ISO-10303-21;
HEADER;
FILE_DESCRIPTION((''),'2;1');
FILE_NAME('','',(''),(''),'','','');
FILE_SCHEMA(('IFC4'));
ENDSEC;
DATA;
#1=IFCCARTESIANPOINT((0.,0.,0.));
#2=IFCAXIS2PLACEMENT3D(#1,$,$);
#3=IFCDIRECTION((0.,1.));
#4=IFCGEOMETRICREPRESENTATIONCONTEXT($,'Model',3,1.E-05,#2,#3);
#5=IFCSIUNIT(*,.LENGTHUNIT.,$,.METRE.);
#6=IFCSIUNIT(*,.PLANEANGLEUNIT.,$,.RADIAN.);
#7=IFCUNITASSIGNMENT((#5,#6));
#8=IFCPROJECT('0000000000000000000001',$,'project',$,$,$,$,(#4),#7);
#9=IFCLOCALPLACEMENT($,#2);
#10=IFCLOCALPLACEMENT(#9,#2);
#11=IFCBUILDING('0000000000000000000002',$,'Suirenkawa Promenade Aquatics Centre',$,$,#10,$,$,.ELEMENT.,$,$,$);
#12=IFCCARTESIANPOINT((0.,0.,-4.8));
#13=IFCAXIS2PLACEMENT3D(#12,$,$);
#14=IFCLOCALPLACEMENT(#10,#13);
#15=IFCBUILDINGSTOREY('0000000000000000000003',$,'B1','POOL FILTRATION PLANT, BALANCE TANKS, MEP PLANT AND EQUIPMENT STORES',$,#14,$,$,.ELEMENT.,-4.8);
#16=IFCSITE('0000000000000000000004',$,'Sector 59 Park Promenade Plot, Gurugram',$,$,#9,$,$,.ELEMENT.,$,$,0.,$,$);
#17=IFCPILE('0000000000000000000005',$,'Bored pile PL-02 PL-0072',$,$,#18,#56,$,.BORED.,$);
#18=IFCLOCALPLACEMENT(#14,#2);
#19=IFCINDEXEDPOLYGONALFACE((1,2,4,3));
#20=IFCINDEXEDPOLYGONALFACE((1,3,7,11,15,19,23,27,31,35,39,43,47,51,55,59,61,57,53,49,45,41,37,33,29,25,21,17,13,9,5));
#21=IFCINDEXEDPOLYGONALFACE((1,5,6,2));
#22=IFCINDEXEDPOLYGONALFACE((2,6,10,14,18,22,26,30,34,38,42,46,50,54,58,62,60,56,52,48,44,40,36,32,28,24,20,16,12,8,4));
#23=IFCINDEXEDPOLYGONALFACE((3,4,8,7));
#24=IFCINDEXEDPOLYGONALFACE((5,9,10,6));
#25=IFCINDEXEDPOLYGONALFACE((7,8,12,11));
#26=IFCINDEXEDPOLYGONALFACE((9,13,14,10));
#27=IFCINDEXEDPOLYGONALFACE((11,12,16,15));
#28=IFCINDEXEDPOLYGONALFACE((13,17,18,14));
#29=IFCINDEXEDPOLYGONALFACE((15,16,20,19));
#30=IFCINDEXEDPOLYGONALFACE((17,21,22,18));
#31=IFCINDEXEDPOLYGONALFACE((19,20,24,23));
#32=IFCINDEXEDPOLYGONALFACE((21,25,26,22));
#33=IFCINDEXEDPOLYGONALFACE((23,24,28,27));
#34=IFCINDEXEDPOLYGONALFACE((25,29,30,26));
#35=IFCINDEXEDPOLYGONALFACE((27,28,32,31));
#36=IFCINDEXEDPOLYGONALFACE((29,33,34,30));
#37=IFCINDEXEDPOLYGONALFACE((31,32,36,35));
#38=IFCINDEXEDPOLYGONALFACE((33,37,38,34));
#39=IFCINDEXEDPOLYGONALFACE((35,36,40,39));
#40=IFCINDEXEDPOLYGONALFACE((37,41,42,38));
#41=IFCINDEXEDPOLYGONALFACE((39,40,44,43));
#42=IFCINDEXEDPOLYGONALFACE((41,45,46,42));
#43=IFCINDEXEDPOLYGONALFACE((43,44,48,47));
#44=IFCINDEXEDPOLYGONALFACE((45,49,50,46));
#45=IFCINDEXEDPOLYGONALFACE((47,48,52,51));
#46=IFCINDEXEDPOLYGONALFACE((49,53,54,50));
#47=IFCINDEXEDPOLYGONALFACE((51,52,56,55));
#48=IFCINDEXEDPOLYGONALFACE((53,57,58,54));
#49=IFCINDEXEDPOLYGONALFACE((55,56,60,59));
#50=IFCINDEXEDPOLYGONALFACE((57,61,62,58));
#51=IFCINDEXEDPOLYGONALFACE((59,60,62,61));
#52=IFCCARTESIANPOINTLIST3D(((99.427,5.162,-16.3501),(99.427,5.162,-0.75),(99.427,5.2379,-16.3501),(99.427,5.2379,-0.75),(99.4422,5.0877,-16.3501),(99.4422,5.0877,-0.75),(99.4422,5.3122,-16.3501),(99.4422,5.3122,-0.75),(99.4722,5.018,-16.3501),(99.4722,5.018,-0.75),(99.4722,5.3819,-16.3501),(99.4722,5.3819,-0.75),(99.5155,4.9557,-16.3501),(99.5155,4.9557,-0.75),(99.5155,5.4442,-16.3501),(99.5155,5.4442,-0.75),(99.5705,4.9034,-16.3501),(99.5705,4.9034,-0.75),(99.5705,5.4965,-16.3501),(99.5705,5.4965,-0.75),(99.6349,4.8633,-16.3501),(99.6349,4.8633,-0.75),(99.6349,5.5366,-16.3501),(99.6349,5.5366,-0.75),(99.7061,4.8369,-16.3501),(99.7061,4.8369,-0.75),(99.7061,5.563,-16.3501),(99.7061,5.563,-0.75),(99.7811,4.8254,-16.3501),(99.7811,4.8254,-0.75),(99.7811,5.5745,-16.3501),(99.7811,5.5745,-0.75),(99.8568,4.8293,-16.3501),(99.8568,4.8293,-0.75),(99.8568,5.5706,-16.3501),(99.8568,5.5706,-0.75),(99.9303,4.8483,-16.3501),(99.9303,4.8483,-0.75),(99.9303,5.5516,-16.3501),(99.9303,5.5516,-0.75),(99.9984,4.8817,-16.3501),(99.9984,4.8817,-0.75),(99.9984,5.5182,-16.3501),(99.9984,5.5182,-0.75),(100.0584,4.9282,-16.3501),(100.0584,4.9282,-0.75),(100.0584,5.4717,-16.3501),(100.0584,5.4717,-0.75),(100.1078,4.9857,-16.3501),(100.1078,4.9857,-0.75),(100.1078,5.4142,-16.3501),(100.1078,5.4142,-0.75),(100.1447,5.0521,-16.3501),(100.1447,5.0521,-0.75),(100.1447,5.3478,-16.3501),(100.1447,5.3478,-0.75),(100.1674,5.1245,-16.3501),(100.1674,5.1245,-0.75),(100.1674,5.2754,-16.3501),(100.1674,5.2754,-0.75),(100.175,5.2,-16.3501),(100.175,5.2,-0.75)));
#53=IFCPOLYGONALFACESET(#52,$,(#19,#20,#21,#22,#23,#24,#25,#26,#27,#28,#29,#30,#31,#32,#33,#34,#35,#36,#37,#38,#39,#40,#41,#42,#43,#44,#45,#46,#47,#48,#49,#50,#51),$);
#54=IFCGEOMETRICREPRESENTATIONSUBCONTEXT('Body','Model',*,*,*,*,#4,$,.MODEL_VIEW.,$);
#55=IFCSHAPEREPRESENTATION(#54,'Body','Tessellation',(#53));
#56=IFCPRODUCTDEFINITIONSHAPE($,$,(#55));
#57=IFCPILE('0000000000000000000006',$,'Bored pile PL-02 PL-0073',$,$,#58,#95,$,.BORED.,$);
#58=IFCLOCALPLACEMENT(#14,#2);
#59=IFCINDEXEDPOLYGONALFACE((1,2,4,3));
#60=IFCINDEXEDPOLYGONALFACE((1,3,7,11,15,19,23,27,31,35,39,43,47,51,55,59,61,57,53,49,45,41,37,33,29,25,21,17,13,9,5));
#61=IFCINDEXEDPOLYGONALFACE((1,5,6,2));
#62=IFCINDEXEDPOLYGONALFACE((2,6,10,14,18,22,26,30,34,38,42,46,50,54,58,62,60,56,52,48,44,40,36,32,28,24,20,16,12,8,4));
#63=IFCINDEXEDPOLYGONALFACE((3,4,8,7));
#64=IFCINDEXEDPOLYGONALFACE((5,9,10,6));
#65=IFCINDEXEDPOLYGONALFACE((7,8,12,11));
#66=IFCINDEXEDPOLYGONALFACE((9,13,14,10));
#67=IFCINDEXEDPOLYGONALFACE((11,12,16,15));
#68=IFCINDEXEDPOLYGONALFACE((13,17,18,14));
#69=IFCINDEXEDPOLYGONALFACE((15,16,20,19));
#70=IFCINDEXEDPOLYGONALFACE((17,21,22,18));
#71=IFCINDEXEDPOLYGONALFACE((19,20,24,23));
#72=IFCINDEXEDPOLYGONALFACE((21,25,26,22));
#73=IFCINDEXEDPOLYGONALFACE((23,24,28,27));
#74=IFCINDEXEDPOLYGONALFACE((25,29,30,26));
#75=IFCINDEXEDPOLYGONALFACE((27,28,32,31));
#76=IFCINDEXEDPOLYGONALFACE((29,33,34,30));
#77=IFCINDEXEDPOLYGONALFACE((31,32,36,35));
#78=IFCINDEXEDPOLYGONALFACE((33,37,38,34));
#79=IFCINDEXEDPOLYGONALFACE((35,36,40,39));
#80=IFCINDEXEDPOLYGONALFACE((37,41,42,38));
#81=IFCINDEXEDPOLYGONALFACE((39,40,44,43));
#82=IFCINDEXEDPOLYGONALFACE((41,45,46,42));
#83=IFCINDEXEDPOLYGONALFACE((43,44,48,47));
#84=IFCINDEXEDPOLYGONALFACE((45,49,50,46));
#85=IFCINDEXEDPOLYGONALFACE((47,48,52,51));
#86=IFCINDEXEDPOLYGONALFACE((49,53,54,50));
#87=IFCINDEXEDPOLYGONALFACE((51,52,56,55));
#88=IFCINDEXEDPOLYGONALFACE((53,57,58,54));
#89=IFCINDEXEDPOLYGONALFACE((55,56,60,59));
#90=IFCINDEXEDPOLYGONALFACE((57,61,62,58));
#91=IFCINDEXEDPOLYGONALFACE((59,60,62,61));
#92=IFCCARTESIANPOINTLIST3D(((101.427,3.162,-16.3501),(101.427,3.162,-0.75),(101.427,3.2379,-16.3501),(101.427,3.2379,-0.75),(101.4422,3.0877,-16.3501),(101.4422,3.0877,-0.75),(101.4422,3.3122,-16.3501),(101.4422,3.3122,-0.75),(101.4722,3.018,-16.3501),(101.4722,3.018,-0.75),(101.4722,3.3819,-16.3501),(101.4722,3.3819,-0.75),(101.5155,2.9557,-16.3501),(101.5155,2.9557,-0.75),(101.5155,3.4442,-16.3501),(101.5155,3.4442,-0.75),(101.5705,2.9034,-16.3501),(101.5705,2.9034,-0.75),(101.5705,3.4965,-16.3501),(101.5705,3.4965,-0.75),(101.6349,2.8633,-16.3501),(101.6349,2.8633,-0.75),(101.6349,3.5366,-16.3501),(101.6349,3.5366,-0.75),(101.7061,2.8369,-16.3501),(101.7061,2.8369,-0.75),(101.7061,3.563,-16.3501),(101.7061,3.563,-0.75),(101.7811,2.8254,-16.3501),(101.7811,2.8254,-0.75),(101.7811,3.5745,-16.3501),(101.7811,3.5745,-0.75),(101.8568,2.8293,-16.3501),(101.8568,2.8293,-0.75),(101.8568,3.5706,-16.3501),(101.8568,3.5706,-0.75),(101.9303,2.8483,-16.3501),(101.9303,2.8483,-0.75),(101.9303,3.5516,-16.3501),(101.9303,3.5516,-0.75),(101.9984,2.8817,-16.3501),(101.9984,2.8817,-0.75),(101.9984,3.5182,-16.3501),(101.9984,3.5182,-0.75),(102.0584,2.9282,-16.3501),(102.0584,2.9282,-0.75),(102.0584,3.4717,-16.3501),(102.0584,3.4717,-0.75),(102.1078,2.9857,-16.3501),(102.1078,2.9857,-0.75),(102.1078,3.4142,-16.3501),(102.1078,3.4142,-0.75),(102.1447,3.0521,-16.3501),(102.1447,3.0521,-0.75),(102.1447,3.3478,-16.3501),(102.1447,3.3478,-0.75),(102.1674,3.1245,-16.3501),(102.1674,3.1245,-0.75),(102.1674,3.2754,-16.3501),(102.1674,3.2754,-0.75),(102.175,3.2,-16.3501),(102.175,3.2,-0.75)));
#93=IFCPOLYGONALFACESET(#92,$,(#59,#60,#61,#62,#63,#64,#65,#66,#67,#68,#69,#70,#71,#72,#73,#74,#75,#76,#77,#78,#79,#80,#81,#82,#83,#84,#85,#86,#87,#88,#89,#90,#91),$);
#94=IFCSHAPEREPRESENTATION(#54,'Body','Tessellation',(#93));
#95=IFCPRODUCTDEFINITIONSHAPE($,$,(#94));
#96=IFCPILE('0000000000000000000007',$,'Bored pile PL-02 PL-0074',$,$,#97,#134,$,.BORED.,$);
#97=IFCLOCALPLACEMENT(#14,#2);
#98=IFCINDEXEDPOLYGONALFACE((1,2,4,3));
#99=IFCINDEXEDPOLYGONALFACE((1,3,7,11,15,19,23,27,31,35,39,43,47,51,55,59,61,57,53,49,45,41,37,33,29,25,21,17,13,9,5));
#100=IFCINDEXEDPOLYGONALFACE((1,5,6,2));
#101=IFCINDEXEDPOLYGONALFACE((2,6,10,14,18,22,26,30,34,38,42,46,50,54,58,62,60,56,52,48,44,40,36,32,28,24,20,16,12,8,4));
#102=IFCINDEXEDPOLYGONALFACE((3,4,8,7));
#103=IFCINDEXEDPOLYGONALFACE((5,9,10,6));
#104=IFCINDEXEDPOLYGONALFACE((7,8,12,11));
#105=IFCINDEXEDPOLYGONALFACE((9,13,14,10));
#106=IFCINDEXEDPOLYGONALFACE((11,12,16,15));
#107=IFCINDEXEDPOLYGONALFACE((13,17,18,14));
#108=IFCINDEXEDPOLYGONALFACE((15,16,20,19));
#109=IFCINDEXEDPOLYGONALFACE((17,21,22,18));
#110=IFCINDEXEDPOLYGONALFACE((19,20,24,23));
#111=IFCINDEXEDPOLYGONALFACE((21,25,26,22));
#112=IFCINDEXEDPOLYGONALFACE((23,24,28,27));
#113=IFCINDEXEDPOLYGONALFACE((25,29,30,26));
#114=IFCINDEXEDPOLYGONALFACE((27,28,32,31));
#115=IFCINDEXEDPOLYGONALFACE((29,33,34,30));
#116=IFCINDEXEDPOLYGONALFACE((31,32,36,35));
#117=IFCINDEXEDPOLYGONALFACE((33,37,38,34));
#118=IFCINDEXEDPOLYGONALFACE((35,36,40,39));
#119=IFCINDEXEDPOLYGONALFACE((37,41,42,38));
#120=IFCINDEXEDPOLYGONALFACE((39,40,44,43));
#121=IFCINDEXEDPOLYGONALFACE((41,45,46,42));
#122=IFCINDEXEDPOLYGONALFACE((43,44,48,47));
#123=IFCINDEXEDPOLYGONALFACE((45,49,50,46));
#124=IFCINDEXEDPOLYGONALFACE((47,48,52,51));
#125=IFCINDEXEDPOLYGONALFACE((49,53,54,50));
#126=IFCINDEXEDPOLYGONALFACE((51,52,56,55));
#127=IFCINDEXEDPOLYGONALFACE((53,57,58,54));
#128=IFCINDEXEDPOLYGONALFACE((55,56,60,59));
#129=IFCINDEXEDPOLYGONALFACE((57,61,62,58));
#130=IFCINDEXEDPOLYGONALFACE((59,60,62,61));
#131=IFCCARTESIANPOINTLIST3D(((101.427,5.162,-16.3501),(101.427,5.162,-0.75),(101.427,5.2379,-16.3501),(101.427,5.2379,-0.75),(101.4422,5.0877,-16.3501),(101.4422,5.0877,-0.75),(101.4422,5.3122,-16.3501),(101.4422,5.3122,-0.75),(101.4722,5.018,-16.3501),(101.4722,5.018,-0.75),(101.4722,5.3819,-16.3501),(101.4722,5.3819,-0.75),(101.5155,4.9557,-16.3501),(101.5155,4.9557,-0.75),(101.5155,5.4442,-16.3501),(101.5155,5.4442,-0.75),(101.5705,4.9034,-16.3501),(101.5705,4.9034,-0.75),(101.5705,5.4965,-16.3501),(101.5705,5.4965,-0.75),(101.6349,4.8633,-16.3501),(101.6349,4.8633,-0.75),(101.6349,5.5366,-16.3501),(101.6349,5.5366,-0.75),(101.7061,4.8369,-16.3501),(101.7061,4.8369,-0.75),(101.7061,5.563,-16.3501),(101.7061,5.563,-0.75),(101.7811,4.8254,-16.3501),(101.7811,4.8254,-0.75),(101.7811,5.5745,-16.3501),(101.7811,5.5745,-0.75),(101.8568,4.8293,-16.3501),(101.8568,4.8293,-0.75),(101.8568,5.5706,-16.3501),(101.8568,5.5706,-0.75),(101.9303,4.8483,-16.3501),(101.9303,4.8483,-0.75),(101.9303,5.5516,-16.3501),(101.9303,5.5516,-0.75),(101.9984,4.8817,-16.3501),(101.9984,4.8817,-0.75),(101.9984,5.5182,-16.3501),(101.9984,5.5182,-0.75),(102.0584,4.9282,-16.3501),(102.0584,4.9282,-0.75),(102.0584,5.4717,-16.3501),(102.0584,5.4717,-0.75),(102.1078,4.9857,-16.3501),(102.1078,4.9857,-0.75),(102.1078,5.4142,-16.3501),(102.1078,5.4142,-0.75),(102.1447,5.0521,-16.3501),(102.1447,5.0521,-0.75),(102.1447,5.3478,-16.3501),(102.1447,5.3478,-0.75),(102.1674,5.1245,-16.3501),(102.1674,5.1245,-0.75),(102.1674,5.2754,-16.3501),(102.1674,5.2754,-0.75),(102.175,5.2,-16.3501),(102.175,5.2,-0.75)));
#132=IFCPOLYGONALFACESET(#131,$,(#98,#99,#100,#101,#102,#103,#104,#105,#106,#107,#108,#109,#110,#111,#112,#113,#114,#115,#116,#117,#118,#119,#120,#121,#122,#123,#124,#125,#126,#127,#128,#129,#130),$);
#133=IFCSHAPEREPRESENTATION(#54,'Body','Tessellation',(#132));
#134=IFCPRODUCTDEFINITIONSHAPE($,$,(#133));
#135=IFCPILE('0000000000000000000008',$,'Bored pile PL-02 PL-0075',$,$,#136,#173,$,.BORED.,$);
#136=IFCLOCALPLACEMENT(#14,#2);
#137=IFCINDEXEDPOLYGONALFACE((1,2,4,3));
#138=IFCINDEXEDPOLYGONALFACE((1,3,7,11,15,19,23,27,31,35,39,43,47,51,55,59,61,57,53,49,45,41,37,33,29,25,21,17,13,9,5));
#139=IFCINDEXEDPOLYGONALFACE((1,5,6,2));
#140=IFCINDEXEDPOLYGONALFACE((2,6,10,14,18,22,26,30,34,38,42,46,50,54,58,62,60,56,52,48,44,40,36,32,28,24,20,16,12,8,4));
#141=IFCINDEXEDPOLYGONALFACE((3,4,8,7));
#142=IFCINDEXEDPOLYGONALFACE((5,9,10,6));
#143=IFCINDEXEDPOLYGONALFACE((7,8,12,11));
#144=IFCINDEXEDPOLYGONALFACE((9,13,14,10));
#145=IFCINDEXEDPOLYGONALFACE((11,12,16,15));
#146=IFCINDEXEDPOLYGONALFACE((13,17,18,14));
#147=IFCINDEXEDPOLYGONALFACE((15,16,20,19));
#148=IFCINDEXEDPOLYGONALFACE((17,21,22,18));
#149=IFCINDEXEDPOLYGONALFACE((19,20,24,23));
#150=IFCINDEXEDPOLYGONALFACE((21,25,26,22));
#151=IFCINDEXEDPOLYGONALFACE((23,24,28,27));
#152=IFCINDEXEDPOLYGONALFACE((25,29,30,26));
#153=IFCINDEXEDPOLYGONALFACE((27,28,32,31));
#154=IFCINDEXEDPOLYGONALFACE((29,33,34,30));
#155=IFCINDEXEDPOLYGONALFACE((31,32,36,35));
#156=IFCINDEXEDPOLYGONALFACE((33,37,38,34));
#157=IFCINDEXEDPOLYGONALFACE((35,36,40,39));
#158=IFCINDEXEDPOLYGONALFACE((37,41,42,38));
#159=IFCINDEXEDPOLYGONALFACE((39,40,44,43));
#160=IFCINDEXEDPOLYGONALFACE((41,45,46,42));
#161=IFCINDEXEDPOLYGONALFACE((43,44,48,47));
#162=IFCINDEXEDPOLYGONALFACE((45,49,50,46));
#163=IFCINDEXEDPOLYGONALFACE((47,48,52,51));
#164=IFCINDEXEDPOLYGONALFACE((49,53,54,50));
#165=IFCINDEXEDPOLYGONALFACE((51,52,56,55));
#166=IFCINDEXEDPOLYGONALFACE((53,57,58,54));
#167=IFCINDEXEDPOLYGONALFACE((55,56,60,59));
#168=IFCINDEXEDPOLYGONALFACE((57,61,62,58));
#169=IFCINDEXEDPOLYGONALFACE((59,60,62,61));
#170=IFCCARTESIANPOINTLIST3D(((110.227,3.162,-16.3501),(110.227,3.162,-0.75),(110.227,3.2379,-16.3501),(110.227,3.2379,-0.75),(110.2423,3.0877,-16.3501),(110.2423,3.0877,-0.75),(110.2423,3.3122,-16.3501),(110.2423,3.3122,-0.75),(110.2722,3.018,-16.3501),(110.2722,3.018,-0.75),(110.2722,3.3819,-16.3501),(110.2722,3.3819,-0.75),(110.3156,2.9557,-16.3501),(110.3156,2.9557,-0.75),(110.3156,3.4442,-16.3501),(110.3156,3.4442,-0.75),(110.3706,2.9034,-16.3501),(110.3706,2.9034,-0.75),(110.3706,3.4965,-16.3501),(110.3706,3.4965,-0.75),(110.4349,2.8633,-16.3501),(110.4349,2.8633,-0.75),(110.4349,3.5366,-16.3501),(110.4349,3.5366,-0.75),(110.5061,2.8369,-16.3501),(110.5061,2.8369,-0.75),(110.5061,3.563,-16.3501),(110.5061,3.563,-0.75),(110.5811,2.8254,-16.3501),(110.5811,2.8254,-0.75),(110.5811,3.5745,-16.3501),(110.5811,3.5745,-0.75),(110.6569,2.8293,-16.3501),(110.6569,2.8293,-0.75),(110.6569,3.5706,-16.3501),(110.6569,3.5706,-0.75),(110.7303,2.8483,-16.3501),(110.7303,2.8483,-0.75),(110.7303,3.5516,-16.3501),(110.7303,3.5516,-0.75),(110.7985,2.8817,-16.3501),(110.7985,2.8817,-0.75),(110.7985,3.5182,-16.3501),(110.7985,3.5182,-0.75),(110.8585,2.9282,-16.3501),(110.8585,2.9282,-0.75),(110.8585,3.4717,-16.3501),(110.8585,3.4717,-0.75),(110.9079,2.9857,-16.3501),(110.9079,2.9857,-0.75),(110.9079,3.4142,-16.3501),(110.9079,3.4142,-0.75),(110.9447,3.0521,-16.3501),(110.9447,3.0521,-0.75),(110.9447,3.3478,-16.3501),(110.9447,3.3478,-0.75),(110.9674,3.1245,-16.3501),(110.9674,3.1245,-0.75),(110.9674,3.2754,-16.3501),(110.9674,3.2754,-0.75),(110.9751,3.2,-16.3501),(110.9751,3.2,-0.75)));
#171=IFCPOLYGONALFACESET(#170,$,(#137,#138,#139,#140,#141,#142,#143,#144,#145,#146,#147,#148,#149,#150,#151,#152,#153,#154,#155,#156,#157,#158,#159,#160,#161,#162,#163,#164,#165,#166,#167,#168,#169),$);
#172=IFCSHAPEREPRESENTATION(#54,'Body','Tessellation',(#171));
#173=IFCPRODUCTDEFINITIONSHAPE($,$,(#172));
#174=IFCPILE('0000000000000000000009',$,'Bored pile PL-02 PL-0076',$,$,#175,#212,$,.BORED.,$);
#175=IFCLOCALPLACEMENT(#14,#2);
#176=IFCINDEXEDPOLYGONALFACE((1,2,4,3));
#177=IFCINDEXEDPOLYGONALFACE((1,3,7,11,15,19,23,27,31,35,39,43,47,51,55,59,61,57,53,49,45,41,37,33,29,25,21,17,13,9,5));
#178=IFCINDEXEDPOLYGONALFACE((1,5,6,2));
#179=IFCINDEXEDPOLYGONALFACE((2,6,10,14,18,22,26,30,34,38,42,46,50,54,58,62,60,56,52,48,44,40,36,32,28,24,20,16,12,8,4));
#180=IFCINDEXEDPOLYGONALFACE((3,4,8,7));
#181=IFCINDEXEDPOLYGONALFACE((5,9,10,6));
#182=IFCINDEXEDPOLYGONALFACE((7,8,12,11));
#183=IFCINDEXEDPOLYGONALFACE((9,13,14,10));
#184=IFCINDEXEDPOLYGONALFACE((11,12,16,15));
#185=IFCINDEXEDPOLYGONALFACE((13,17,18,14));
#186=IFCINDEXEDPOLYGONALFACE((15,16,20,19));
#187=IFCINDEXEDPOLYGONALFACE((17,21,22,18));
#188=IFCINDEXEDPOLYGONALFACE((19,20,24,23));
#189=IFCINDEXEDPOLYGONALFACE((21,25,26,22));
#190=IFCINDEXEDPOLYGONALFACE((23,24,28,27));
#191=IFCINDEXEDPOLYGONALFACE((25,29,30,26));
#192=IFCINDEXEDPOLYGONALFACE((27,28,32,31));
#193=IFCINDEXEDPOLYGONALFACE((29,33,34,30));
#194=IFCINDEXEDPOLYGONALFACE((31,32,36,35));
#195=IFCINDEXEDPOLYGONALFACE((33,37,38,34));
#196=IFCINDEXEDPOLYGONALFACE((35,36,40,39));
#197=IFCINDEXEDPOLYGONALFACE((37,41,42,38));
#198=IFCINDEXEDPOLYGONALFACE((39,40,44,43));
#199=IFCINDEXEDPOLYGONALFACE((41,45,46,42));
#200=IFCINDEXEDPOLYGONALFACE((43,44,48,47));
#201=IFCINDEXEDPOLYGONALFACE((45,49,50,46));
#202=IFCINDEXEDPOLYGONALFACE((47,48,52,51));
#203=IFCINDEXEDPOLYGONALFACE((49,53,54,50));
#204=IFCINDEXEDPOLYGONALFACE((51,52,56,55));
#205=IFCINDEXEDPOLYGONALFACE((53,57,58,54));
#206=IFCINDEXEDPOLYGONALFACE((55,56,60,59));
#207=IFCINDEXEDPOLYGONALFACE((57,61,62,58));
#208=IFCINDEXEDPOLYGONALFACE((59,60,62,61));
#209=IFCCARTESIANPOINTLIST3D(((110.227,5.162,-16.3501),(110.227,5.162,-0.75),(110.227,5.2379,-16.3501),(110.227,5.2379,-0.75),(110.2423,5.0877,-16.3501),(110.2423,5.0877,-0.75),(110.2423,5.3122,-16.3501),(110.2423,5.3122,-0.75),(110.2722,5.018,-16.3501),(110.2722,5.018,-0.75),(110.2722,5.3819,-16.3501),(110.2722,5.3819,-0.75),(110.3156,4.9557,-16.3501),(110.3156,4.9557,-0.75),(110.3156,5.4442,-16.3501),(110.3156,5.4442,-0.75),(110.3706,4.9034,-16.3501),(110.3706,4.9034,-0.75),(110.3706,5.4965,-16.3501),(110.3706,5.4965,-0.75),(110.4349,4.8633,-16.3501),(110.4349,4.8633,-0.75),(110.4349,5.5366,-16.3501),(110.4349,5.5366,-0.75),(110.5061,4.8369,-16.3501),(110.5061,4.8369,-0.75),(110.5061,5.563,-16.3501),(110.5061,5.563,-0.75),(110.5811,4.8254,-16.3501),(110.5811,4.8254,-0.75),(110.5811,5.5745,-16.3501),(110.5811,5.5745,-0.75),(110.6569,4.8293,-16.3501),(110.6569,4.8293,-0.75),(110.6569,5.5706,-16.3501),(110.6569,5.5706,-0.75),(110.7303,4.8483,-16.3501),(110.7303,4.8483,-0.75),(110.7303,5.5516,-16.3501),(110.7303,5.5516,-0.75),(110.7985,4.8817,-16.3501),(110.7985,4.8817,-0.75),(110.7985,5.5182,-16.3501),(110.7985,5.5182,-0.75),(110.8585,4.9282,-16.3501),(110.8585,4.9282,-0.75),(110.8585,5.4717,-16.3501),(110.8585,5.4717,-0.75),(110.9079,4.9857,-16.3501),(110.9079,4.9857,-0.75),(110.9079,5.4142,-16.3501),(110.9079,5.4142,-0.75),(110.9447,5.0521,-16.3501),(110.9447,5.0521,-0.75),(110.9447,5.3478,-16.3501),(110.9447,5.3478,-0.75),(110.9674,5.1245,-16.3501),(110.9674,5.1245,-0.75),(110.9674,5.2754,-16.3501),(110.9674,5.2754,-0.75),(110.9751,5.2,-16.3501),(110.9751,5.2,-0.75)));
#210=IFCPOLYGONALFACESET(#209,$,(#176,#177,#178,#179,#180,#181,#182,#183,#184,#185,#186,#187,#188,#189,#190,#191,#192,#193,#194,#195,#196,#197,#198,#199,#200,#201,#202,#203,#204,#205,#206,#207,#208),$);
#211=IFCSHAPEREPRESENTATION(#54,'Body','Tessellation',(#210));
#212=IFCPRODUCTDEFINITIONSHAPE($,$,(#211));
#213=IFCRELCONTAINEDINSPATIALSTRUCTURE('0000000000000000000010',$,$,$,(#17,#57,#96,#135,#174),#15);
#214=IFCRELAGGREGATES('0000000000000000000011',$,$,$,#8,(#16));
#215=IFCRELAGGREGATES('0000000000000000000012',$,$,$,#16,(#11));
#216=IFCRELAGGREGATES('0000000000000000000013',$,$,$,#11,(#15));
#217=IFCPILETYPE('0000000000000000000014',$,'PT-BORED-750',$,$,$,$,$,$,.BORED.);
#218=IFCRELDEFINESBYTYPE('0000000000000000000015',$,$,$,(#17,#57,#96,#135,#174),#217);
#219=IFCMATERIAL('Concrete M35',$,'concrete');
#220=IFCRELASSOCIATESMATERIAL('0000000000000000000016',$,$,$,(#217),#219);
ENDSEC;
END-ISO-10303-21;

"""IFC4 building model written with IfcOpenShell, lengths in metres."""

from ifc_helpers import new_model, si_unit, direction, frame, origin, origin_2d, place, context, subcontext, project, spatial, circle, extrude, material, material_profile, profile_set, type_object, element, save


model = new_model("IFC4")

# Units and contexts
model_context = context("Model", 3, precision=1e-05, world=origin(), true_north=direction((0.0, 1.0)))
body_context = subcontext(model_context, "Body", "Model", "MODEL_VIEW")
ifc_project = project(units=[si_unit("LENGTHUNIT", "METRE"), si_unit("PLANEANGLEUNIT", "RADIAN")], contexts=[model_context])

# Site, building, storey
site_placement = place(None, origin())
site = spatial("IfcSite", under=ifc_project, at=site_placement, Name="Sector 59 Park Promenade Plot, Gurugram", CompositionType="ELEMENT", RefElevation=0.0)
building_placement = place(site_placement, origin())
building = spatial("IfcBuilding", under=site, at=building_placement, Name="Suirenkawa Promenade Aquatics Centre", CompositionType="ELEMENT")
storey_placement = place(building_placement, frame((0.0, 0.0, -4.8)))
storey = spatial("IfcBuildingStorey", under=building, at=storey_placement, Name="B1", Description="POOL FILTRATION PLANT, BALANCE TANKS, MEP PLANT AND EQUIPMENT STORES", CompositionType="ELEMENT", Elevation=-4.8)

# Shared definitions
ifc_material_1 = material(Name="Concrete M35", Category="concrete")

# Piles
ifc_material_profile_1 = material_profile(ifc_material_1, circle(Radius=0.375, at=origin_2d()), Name="PILE D750", Category="concrete")
ifc_profile_set_1 = profile_set([ifc_material_profile_1], Name="Concrete M35")
pile_type = type_object("IfcPileType", Name="PT-BORED-750", PredefinedType="BORED", material=ifc_profile_set_1)
for number, where, z_axis, x_axis, name in (
    (1, (99.8, 5.2, -0.75), (0.0, 0.0, -1.0), (1.0, 0.0, 0.0), "Bored pile PL-02 PL-0072"),
    (2, (101.8, 3.2, -0.75), (0.0, 0.0, -1.0), (1.0, 0.0, 0.0), "Bored pile PL-02 PL-0073"),
    (3, (101.8, 5.2, -0.75), (0.0, 0.0, -1.0), (1.0, 0.0, 0.0), "Bored pile PL-02 PL-0074"),
    (4, (110.6001, 3.2, -0.75), (0.0, 0.0, -1.0), (1.0, 0.0, 0.0), "Bored pile PL-02 PL-0075"),
    (5, (110.6001, 5.2, -0.75), (0.0, 0.0, -1.0), (1.0, 0.0, 0.0), "Bored pile PL-02 PL-0076"),
):
    element("IfcPile", number, at=place(storey_placement, frame(where, z_axis=z_axis, x_axis=x_axis)), inside=storey, type_object=pile_type, Name=name, PredefinedType="BORED", context=body_context, shape_type="SweptSolid", body=[
        extrude(circle(Radius=0.375, at=origin_2d()), origin(), (0.0, 0.0, 1.0), 15.6001),
    ])

save(model, "model.ifc")
